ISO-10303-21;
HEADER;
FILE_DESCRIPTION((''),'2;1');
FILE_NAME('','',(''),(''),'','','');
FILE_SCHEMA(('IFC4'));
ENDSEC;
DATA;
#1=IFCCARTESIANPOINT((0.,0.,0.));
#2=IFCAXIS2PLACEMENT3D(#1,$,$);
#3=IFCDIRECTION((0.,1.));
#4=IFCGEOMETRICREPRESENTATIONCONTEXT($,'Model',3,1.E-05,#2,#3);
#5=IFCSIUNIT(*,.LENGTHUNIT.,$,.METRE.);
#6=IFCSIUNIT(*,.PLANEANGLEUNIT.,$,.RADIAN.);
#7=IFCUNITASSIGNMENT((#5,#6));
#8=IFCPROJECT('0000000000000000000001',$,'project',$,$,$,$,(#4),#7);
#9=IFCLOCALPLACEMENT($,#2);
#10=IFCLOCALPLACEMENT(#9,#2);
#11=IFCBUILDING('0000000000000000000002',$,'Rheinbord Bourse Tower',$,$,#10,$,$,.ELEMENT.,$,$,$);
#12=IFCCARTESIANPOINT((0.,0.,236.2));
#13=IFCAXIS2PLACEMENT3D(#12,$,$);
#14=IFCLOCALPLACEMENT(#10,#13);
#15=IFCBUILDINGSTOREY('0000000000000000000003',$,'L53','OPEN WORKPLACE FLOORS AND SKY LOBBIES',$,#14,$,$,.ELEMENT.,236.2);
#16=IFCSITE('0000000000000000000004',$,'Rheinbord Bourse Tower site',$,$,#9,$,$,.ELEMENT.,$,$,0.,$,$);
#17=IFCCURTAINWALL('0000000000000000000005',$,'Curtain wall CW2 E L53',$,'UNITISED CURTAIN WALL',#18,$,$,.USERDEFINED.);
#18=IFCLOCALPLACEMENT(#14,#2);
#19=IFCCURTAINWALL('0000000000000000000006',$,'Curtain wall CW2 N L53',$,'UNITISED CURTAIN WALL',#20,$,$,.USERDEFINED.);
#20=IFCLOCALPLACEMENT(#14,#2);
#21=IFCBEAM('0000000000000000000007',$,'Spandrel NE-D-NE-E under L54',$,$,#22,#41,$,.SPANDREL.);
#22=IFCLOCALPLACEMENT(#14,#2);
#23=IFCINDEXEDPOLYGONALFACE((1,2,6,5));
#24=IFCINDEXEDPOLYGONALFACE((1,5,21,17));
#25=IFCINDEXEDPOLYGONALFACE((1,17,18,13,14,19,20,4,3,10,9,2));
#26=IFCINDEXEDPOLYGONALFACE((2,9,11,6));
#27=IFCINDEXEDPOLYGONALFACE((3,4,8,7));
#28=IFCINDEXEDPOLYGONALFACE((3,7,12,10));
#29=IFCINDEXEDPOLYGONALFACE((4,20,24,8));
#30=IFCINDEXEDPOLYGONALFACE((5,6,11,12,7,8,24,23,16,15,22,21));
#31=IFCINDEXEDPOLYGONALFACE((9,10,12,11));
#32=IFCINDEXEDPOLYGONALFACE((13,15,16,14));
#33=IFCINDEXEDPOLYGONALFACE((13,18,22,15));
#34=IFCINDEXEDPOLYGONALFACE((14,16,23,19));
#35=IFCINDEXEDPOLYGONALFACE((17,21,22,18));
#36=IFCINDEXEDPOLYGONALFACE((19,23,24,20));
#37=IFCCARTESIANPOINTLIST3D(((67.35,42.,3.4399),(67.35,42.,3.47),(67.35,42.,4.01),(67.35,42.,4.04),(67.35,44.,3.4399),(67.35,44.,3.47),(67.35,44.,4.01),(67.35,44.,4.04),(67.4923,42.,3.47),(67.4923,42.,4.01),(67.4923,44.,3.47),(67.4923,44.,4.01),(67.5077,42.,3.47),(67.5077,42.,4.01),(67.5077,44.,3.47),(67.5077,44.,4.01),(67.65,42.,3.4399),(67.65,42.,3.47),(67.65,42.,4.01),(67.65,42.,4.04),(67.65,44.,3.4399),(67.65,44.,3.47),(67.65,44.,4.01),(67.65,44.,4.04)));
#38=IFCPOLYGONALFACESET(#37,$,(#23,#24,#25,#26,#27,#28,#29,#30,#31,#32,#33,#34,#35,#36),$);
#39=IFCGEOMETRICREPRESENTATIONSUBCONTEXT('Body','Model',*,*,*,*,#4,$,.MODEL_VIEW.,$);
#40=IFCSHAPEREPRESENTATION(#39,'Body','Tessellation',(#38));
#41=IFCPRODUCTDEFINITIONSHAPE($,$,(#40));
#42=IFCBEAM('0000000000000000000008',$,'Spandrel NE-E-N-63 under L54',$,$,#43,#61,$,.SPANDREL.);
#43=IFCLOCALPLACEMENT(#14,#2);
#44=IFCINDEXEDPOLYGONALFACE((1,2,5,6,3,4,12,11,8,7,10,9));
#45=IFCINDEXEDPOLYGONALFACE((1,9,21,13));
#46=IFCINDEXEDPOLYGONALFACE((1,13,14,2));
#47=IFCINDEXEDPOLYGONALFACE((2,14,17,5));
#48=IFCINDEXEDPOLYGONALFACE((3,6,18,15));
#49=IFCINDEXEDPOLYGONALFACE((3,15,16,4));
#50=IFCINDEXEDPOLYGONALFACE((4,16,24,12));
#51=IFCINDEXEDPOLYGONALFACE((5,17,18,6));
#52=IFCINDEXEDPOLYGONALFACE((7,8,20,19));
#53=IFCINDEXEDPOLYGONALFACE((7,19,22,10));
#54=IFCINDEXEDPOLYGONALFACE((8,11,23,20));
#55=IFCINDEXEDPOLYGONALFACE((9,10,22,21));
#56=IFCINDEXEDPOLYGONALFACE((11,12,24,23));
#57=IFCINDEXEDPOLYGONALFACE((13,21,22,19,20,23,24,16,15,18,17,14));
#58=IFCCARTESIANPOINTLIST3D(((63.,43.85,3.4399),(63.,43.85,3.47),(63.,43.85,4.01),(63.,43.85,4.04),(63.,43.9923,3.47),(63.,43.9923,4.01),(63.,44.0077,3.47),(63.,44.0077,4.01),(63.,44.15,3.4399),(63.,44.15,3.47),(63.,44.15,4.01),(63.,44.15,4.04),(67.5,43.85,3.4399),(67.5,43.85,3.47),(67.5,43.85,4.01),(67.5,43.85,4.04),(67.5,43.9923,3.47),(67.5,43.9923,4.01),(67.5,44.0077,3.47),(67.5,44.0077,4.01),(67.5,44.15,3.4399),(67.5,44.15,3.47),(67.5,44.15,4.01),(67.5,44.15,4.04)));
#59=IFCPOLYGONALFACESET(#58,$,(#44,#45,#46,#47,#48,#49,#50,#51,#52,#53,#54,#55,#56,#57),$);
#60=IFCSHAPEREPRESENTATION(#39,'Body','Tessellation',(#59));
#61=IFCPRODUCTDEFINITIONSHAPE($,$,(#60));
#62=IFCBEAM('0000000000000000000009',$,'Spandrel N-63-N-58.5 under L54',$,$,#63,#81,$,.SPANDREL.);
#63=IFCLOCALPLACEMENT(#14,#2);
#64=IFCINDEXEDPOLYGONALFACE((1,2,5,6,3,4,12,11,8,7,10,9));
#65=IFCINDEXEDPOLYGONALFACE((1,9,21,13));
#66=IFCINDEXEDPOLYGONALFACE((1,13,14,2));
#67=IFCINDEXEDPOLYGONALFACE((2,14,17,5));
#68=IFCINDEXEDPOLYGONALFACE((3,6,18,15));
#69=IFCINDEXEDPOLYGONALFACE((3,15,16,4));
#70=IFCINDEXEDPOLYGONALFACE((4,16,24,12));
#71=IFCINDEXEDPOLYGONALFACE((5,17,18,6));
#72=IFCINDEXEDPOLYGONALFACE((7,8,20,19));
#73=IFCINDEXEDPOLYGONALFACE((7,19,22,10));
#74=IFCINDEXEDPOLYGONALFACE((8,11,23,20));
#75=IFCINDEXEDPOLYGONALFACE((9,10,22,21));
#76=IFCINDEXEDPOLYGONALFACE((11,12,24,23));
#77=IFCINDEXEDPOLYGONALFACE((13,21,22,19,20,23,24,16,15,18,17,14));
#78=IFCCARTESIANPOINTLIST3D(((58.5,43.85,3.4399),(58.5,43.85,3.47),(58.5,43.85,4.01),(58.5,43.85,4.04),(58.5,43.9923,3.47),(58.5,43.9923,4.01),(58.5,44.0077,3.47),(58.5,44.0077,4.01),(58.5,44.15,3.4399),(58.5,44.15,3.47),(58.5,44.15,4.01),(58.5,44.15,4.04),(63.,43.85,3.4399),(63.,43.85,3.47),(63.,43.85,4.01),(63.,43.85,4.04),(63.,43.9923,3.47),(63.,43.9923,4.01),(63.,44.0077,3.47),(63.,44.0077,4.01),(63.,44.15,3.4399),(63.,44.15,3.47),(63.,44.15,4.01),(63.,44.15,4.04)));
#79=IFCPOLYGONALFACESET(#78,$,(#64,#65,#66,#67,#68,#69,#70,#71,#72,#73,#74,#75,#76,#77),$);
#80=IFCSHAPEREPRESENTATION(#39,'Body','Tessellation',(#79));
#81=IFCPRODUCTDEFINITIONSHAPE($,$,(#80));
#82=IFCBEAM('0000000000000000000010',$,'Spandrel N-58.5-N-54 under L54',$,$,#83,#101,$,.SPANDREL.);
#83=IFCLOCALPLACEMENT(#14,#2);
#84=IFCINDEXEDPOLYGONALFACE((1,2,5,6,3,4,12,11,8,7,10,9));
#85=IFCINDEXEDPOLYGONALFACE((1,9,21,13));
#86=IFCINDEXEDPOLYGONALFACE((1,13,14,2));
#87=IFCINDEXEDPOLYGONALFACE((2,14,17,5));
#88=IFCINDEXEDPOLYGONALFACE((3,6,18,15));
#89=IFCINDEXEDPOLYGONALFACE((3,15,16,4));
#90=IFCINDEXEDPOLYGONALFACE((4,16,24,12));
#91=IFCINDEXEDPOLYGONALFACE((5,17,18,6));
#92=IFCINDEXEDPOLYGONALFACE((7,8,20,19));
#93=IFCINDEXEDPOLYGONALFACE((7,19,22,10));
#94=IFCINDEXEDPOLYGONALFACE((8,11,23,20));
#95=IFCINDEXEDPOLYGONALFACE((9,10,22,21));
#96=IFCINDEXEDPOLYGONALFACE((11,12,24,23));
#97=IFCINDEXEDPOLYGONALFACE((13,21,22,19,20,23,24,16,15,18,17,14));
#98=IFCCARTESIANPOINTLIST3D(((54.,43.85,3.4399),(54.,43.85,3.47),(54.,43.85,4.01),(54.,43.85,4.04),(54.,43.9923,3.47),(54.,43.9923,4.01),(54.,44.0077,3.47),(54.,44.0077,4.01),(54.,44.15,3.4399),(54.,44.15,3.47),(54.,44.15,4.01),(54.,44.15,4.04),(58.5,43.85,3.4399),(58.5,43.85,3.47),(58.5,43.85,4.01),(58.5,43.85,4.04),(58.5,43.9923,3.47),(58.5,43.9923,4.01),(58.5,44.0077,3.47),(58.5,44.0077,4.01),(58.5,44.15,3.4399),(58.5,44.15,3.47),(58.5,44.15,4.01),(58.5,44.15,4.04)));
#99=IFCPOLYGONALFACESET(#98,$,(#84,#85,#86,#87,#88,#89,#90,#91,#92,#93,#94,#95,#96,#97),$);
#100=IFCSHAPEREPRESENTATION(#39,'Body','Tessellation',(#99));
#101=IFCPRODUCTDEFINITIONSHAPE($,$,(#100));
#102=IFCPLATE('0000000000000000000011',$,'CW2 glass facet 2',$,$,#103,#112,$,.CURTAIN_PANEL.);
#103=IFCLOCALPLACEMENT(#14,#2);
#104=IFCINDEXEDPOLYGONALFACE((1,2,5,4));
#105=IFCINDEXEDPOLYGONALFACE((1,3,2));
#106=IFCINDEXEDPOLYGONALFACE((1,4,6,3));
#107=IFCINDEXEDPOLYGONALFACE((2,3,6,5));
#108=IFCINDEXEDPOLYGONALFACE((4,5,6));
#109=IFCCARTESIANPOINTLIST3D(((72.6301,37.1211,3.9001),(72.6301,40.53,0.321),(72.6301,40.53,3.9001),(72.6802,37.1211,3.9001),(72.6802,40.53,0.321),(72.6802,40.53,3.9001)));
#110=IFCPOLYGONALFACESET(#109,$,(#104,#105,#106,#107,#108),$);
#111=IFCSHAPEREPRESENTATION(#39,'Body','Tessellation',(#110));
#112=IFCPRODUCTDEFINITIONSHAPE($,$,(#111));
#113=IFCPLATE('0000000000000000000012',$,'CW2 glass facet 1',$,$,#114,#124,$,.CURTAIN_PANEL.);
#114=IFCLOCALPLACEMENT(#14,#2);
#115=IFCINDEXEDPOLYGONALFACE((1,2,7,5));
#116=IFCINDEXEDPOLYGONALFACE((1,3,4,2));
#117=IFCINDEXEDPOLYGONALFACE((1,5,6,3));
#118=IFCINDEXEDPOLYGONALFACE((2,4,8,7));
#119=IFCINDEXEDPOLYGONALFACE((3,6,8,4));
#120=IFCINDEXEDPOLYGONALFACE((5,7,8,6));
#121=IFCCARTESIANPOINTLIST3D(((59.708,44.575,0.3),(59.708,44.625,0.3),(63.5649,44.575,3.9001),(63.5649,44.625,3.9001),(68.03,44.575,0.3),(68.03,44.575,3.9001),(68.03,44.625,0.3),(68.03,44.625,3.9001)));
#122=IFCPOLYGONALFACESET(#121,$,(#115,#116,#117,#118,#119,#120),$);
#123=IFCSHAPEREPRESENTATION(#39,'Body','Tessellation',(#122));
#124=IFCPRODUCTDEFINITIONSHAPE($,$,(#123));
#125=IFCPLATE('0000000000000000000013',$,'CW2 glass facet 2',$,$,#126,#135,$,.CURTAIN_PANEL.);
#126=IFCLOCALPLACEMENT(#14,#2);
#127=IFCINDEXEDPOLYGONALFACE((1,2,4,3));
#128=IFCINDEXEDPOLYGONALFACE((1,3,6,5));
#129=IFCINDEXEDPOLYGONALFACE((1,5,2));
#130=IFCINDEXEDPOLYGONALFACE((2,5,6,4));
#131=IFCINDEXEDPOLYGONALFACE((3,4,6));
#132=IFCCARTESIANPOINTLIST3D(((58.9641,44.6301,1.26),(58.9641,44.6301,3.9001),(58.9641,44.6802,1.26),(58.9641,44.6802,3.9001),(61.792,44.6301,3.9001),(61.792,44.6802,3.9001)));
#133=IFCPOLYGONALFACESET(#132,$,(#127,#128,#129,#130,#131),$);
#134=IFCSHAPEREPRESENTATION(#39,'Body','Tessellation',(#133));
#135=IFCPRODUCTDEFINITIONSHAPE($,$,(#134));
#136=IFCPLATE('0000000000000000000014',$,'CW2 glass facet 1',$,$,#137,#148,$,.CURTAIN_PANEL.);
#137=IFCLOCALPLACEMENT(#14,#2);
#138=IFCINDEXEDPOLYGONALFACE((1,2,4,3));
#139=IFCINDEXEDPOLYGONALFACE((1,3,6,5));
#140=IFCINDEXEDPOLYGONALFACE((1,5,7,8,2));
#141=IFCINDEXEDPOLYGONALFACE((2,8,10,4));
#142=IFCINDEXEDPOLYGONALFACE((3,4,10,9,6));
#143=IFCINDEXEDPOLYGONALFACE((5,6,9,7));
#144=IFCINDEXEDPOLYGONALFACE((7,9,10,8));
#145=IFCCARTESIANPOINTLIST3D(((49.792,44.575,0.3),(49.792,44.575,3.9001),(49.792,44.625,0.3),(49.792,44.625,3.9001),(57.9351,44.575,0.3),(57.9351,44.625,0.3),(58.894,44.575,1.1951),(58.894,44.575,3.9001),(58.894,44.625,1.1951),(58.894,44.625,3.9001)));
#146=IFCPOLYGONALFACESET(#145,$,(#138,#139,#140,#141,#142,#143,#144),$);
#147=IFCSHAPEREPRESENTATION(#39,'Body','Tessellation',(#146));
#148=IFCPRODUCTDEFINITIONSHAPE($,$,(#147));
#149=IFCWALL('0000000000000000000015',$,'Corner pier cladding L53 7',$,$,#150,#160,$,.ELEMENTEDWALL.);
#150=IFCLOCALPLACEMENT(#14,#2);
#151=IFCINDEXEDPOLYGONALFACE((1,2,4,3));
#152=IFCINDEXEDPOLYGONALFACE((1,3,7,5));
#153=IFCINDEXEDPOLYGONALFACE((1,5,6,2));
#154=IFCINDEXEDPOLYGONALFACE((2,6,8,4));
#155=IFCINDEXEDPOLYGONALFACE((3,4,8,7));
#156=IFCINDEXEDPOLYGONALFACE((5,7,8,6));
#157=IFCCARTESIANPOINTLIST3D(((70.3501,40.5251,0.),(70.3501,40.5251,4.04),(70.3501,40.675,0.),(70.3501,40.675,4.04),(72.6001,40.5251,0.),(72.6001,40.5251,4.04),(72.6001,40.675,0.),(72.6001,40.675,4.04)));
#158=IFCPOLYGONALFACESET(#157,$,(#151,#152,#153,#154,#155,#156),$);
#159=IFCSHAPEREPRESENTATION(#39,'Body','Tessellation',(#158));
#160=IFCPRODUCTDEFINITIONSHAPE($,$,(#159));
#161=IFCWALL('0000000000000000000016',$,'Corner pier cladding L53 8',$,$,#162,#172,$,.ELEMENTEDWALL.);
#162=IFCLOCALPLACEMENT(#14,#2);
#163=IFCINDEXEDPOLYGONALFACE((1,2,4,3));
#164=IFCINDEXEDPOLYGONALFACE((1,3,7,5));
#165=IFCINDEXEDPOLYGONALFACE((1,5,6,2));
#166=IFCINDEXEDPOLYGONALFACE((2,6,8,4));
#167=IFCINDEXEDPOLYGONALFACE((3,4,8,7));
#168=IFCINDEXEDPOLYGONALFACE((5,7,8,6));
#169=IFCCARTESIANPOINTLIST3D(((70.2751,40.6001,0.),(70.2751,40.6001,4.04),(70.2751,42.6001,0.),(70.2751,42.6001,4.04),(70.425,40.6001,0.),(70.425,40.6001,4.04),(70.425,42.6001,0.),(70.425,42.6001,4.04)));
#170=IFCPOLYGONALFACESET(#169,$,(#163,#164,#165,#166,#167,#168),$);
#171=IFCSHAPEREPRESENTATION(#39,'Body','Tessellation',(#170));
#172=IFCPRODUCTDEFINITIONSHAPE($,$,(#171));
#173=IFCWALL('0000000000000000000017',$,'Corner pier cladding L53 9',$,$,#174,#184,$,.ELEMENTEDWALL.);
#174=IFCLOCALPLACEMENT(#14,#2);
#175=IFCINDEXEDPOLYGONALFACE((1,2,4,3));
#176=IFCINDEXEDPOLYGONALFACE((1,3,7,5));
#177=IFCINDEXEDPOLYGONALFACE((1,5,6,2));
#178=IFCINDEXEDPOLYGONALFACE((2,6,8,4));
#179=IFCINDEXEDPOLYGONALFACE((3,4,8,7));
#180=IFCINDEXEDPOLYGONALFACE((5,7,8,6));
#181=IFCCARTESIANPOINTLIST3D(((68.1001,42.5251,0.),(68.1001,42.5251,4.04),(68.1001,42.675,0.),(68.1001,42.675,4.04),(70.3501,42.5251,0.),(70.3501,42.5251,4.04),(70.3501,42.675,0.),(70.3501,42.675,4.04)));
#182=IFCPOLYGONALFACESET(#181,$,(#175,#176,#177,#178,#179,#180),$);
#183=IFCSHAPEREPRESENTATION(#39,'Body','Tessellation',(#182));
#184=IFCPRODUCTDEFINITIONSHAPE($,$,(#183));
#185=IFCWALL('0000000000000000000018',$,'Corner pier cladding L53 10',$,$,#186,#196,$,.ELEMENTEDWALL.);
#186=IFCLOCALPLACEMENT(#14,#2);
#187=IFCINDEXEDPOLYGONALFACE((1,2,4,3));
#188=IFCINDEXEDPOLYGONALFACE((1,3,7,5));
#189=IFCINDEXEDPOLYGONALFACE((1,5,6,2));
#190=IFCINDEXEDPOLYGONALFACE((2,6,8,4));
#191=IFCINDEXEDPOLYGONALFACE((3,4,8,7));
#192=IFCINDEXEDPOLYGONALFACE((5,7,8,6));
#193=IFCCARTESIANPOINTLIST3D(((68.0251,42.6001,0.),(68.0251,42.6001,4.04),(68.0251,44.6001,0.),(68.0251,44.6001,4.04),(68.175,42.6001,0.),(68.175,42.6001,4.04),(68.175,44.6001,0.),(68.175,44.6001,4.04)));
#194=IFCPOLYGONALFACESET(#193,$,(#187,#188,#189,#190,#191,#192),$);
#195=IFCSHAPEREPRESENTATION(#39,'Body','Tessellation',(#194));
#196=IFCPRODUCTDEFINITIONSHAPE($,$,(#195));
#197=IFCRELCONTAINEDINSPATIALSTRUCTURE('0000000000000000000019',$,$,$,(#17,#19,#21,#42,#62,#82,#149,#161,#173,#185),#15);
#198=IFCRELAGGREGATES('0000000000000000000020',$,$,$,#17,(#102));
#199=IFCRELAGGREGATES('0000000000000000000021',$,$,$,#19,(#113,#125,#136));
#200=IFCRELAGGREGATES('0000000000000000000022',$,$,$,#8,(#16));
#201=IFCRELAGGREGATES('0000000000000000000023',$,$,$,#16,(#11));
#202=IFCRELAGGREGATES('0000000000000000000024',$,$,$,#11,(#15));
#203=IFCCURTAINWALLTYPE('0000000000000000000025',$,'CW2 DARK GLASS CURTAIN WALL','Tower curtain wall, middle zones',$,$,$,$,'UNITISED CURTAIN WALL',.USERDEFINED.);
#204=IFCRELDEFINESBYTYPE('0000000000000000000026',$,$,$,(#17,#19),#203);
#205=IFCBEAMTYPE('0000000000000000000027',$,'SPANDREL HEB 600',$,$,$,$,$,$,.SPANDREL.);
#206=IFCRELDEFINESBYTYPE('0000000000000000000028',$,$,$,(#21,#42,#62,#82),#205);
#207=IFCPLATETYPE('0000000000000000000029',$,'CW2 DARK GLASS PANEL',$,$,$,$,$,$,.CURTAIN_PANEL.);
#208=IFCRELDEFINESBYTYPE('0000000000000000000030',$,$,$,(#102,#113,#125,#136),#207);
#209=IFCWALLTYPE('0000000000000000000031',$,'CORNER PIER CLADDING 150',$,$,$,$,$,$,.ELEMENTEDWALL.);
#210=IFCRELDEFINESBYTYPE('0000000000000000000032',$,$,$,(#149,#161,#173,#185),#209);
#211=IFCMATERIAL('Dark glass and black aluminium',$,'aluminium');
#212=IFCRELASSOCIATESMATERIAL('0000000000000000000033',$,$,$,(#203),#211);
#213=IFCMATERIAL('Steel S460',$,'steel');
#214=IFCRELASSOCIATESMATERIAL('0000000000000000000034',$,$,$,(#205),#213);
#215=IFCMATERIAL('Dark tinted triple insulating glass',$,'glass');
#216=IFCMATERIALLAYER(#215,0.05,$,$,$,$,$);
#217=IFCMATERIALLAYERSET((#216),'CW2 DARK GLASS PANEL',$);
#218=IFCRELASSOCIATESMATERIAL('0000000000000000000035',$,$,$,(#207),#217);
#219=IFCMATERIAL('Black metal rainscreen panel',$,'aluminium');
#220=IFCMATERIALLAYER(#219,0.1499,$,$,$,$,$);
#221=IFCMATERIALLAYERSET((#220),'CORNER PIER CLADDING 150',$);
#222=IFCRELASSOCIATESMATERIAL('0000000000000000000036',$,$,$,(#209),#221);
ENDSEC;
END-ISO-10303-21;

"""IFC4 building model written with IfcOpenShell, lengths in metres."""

from ifc_helpers import new_model, si_unit, direction, frame, frame_2d, origin, origin_2d, place, context, subcontext, project, spatial, polyline, rectangle, i_section, outline, extrude, material, layer, layer_set, material_profile, profile_set, type_object, element, aggregate, save


model = new_model("IFC4")

# Units and contexts
model_context = context("Model", 3, precision=1e-05, world=origin(), true_north=direction((0.0, 1.0)))
body_context = subcontext(model_context, "Body", "Model", "MODEL_VIEW")
ifc_project = project(units=[si_unit("LENGTHUNIT", "METRE"), si_unit("PLANEANGLEUNIT", "RADIAN")], contexts=[model_context])

# Site, building, storey
site_placement = place(None, origin())
site = spatial("IfcSite", under=ifc_project, at=site_placement, Name="Rheinbord Bourse Tower site", CompositionType="ELEMENT", RefElevation=0.0)
building_placement = place(site_placement, origin())
building = spatial("IfcBuilding", under=site, at=building_placement, Name="Rheinbord Bourse Tower", CompositionType="ELEMENT")
storey_placement = place(building_placement, frame((0.0, 0.0, 236.2)))
storey = spatial("IfcBuildingStorey", under=building, at=storey_placement, Name="L53", Description="OPEN WORKPLACE FLOORS AND SKY LOBBIES", CompositionType="ELEMENT", Elevation=236.2)

# Curtain walls
ifc_material_1 = material(Name="Dark glass and black aluminium", Category="aluminium")
curtain_wall_type = type_object("IfcCurtainWallType", Name="CW2 DARK GLASS CURTAIN WALL", Description="Tower curtain wall, middle zones", ElementType="UNITISED CURTAIN WALL", PredefinedType="USERDEFINED", material=ifc_material_1)
curtain_wall_1_placement = place(storey_placement, origin())
curtain_wall_1 = element("IfcCurtainWall", 1, at=curtain_wall_1_placement, inside=storey, type_object=curtain_wall_type, Name="Curtain wall CW2 E L53", ObjectType="UNITISED CURTAIN WALL", PredefinedType="USERDEFINED")
curtain_wall_2_placement = place(storey_placement, origin())
curtain_wall_2 = element("IfcCurtainWall", 2, at=curtain_wall_2_placement, inside=storey, type_object=curtain_wall_type, Name="Curtain wall CW2 N L53", ObjectType="UNITISED CURTAIN WALL", PredefinedType="USERDEFINED")

# Beams
ifc_material_2 = material(Name="Steel S460", Category="steel")
ifc_material_profile_1 = material_profile(ifc_material_2, i_section(OverallWidth=0.3, OverallDepth=0.6001, WebThickness=0.0154, FlangeThickness=0.03, at=origin_2d()), Name="HEB 600")
ifc_profile_set_1 = profile_set([ifc_material_profile_1], Name="Steel S460")
beam_type_1 = type_object("IfcBeamType", Name="SPANDREL HEB 600", PredefinedType="SPANDREL", material=ifc_profile_set_1)
beam_1_placement = place(storey_placement, frame((67.5, 42.0, 3.74), z_axis=(0.0, 1.0, 0.0), x_axis=(-1.0, 0.0, 0.0)))
element("IfcBeam", 3, at=beam_1_placement, inside=storey, type_object=beam_type_1, Name="Spandrel NE-D-NE-E under L54", PredefinedType="SPANDREL", context=body_context, shape_type="SweptSolid", body=[
    extrude(i_section(OverallWidth=0.3, OverallDepth=0.6001, WebThickness=0.0154, FlangeThickness=0.03, at=origin_2d()), origin(), (0.0, 0.0, 1.0), 2.0),
])
for number, where, z_axis, x_axis, name in (
    (4, (67.5, 44.0, 3.74), (-1.0, 0.0, 0.0), (0.0, -1.0, 0.0), "Spandrel NE-E-N-63 under L54"),
    (5, (63.0, 44.0, 3.74), (-1.0, 0.0, 0.0), (0.0, -1.0, 0.0), "Spandrel N-63-N-58.5 under L54"),
    (6, (58.5, 44.0, 3.74), (-1.0, 0.0, 0.0), (0.0, -1.0, 0.0), "Spandrel N-58.5-N-54 under L54"),
):
    element("IfcBeam", number, at=place(storey_placement, frame(where, z_axis=z_axis, x_axis=x_axis)), inside=storey, type_object=beam_type_1, Name=name, PredefinedType="SPANDREL", context=body_context, shape_type="SweptSolid", body=[
        extrude(i_section(OverallWidth=0.3, OverallDepth=0.6001, WebThickness=0.0154, FlangeThickness=0.03, at=origin_2d()), origin(), (0.0, 0.0, 1.0), 4.5),
    ])

# Plates
ifc_material_3 = material(Name="Dark tinted triple insulating glass", Category="glass")
ifc_layer_1 = layer(ifc_material_3, 0.05)
ifc_layer_set_1 = layer_set([ifc_layer_1], Name="CW2 DARK GLASS PANEL")
plate_type = type_object("IfcPlateType", Name="CW2 DARK GLASS PANEL", PredefinedType="CURTAIN_PANEL", material=ifc_layer_set_1)
plate_1_placement = place(storey_placement, frame((72.6802, 40.53, 3.9001), z_axis=(-1.0, 0.0, 0.0), x_axis=(0.0, 0.0, -1.0)))
plate_1 = element("IfcPlate", 7, at=plate_1_placement, type_object=plate_type, Name="CW2 glass facet 2", PredefinedType="CURTAIN_PANEL", context=body_context, shape_type="SweptSolid", body=[
    extrude(outline(polyline([(0.0, 0.0), (3.5791, 0.0), (0.0, 3.4089), (0.0, 0.0)])), origin(), (0.0, 0.0, 1.0), 0.05),
])
aggregate(curtain_wall_1, [plate_1])
plate_2_placement = place(storey_placement, frame((68.03, 44.625, 0.3), z_axis=(0.0, -1.0, 0.0), x_axis=(0.0, 0.0, 1.0)))
plate_2 = element("IfcPlate", 8, at=plate_2_placement, type_object=plate_type, Name="CW2 glass facet 1", PredefinedType="CURTAIN_PANEL", context=body_context, shape_type="SweptSolid", body=[
    extrude(outline(polyline([(0.0, 0.0), (3.6001, 0.0), (3.6001, 4.4651), (0.0, 8.322), (0.0, 0.0)])), origin(), (0.0, 0.0, 1.0), 0.05),
])
plate_3_placement = place(storey_placement, frame((58.9641, 44.6802, 3.9001), z_axis=(0.0, -1.0, 0.0), x_axis=(0.0, 0.0, -1.0)))
plate_3 = element("IfcPlate", 9, at=plate_3_placement, type_object=plate_type, Name="CW2 glass facet 2", PredefinedType="CURTAIN_PANEL", context=body_context, shape_type="SweptSolid", body=[
    extrude(outline(polyline([(0.0, 0.0), (2.6401, 0.0), (0.0, 2.8279), (0.0, 0.0)])), origin(), (0.0, 0.0, 1.0), 0.05),
])
plate_4_placement = place(storey_placement, frame((58.894, 44.625, 3.9001), z_axis=(0.0, -1.0, 0.0), x_axis=(-1.0, 0.0, 0.0)))
plate_4 = element("IfcPlate", 10, at=plate_4_placement, type_object=plate_type, Name="CW2 glass facet 1", PredefinedType="CURTAIN_PANEL", context=body_context, shape_type="SweptSolid", body=[
    extrude(outline(polyline([(0.0, 0.0), (9.1021, 0.0), (9.1021, 3.6001), (0.959, 3.6001), (0.0, 2.7051), (0.0, 0.0)])), origin(), (0.0, 0.0, 1.0), 0.05),
])
aggregate(curtain_wall_2, [plate_2, plate_3, plate_4])

# Walls
ifc_material_4 = material(Name="Black metal rainscreen panel", Category="aluminium")
ifc_layer_2 = layer(ifc_material_4, 0.1499)
ifc_layer_set_2 = layer_set([ifc_layer_2], Name="CORNER PIER CLADDING 150")
wall_type = type_object("IfcWallType", Name="CORNER PIER CLADDING 150", PredefinedType="ELEMENTEDWALL", material=ifc_layer_set_2)
wall_1_placement = place(storey_placement, frame((72.6001, 40.6001, 0.0), z_axis=(0.0, 0.0, 1.0), x_axis=(-1.0, 0.0, 0.0)))
element("IfcWall", 11, at=wall_1_placement, inside=storey, type_object=wall_type, Name="Corner pier cladding L53 7", PredefinedType="ELEMENTEDWALL", context=body_context, shape_type="SweptSolid", body=[
    extrude(rectangle(XDim=2.25, YDim=0.1499, at=frame_2d((1.125, 0.0))), origin(), (0.0, 0.0, 1.0), 4.04),
])
wall_2_placement = place(storey_placement, frame((70.3501, 40.6001, 0.0), z_axis=(0.0, 0.0, 1.0), x_axis=(0.0, 1.0, 0.0)))
element("IfcWall", 12, at=wall_2_placement, inside=storey, type_object=wall_type, Name="Corner pier cladding L53 8", PredefinedType="ELEMENTEDWALL", context=body_context, shape_type="SweptSolid", body=[
    extrude(rectangle(XDim=2.0, YDim=0.1499, at=frame_2d((1.0, 0.0))), origin(), (0.0, 0.0, 1.0), 4.04),
])
wall_3_placement = place(storey_placement, frame((70.3501, 42.6001, 0.0), z_axis=(0.0, 0.0, 1.0), x_axis=(-1.0, 0.0, 0.0)))
element("IfcWall", 13, at=wall_3_placement, inside=storey, type_object=wall_type, Name="Corner pier cladding L53 9", PredefinedType="ELEMENTEDWALL", context=body_context, shape_type="SweptSolid", body=[
    extrude(rectangle(XDim=2.25, YDim=0.1499, at=frame_2d((1.125, 0.0))), origin(), (0.0, 0.0, 1.0), 4.04),
])
wall_4_placement = place(storey_placement, frame((68.1001, 42.6001, 0.0), z_axis=(0.0, 0.0, 1.0), x_axis=(0.0, 1.0, 0.0)))
element("IfcWall", 14, at=wall_4_placement, inside=storey, type_object=wall_type, Name="Corner pier cladding L53 10", PredefinedType="ELEMENTEDWALL", context=body_context, shape_type="SweptSolid", body=[
    extrude(rectangle(XDim=2.0, YDim=0.1499, at=frame_2d((1.0, 0.0))), origin(), (0.0, 0.0, 1.0), 4.04),
])

save(model, "model.ifc")
